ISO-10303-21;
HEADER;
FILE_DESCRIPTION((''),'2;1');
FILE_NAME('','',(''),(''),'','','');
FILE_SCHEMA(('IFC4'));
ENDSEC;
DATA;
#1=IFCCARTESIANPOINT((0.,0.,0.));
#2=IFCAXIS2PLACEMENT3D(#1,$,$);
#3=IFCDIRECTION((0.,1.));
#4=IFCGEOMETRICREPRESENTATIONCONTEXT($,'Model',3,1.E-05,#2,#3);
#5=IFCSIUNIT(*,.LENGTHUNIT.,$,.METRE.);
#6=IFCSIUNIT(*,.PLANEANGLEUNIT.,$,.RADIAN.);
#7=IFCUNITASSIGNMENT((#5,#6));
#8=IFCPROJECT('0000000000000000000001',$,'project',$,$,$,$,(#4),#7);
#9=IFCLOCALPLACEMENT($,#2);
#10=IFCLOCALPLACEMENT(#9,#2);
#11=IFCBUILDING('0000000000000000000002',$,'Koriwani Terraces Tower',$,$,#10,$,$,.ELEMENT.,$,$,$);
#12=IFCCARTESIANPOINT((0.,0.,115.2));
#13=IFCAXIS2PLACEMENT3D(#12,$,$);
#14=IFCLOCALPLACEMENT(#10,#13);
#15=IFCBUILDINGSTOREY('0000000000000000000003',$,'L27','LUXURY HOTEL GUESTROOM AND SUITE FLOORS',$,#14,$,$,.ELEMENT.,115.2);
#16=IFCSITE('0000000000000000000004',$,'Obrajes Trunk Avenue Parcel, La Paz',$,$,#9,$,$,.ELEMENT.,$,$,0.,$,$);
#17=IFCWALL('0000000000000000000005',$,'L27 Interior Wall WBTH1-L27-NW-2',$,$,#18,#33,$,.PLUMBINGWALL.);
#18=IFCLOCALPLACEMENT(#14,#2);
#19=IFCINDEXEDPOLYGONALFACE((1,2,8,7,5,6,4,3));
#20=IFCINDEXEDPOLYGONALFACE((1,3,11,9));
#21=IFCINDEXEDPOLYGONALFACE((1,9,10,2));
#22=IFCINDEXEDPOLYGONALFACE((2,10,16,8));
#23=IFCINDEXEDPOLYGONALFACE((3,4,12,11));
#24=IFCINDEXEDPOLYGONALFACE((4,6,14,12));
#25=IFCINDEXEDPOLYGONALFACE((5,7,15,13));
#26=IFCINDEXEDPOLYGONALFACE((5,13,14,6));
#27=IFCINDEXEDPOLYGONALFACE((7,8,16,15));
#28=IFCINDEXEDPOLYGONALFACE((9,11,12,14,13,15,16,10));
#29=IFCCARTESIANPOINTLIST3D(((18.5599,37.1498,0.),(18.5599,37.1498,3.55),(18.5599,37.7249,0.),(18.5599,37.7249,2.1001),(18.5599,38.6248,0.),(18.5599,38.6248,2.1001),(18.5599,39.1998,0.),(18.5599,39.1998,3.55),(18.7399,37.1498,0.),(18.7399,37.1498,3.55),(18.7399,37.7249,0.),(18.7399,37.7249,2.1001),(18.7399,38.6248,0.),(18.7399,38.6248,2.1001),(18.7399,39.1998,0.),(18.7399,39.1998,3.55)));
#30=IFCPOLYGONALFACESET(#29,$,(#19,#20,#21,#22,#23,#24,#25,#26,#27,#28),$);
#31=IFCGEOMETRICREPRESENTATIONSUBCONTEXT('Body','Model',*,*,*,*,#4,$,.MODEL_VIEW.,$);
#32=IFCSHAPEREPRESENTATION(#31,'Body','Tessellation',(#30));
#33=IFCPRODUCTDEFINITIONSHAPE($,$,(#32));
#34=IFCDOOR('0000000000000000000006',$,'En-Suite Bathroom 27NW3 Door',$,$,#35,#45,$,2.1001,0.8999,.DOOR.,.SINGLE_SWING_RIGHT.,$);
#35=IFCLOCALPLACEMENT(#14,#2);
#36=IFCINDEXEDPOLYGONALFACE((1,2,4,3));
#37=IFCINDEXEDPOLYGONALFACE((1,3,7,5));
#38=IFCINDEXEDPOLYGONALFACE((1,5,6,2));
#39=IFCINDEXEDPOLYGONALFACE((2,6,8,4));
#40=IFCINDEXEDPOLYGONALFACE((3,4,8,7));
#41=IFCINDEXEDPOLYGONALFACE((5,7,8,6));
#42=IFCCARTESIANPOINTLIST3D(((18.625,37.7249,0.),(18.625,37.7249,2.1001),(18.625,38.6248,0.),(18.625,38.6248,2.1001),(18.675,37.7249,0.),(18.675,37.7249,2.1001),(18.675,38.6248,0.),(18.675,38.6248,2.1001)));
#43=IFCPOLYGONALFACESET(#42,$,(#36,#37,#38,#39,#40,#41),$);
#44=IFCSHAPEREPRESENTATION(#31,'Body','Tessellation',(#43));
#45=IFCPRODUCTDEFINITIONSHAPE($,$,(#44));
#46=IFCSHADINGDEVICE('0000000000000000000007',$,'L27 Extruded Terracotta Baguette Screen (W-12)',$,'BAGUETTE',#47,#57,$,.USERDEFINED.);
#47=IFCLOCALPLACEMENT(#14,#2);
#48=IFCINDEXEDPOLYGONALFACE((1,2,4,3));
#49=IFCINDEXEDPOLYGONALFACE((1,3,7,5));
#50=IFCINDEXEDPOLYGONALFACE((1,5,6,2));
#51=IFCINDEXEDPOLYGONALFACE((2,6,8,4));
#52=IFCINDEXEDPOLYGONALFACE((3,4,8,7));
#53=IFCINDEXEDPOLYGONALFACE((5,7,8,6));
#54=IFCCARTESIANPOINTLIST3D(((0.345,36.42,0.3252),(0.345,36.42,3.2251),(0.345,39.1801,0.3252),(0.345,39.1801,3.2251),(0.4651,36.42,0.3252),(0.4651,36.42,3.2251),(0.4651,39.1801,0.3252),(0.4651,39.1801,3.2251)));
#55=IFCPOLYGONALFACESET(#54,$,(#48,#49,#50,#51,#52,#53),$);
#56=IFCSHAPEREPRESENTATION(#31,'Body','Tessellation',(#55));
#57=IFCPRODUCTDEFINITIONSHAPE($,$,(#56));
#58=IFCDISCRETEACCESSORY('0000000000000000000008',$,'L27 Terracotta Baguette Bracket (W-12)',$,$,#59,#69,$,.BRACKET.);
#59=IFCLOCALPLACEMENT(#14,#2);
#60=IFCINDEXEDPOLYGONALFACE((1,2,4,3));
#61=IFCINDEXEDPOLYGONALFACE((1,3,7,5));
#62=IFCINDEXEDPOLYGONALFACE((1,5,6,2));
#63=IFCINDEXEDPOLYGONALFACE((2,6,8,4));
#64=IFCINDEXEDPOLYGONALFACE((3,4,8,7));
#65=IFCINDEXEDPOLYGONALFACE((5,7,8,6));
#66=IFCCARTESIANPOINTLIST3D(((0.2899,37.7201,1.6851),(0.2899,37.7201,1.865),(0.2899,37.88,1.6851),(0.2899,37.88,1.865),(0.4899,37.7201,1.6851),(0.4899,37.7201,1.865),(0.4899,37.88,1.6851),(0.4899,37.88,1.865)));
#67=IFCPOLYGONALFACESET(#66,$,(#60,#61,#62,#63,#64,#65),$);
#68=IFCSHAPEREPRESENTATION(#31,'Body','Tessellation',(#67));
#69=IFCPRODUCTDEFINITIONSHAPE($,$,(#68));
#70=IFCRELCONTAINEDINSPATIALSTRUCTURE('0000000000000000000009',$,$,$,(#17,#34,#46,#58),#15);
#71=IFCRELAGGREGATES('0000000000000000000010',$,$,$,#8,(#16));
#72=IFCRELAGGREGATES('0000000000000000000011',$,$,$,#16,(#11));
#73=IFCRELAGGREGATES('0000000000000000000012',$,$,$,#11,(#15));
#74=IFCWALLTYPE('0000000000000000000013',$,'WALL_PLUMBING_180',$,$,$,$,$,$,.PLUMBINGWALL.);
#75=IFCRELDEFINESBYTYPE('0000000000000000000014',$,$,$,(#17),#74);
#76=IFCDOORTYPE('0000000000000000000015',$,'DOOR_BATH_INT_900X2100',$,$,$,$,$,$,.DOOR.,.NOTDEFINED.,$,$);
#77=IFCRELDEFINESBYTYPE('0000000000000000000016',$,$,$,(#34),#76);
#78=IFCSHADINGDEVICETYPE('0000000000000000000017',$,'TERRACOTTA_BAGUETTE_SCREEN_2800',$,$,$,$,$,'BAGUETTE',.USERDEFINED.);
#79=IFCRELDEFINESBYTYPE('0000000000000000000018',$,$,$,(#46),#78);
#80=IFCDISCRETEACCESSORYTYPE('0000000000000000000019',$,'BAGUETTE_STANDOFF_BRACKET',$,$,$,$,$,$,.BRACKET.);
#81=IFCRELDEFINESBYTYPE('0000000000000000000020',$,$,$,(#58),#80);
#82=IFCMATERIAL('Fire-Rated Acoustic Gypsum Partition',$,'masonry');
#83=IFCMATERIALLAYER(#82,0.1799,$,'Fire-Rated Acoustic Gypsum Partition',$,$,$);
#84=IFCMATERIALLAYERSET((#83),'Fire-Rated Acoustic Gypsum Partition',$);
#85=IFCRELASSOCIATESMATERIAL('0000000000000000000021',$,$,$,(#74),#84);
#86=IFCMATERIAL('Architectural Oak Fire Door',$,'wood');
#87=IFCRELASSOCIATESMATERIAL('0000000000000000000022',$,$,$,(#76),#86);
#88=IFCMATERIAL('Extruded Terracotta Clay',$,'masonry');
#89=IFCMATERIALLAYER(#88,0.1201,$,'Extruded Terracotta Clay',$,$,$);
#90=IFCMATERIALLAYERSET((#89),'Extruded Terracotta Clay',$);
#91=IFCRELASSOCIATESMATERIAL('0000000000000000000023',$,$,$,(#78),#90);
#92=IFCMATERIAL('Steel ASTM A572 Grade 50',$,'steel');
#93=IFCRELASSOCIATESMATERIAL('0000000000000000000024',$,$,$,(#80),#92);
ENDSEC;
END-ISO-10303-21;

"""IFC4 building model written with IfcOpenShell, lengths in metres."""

from ifc_helpers import new_model, si_unit, direction, frame, frame_2d, origin, origin_2d, place, context, subcontext, project, spatial, rectangle, extrude, material, layer, layer_set, type_object, element, fill, save


model = new_model("IFC4")

# Units and contexts
model_context = context("Model", 3, precision=1e-05, world=origin(), true_north=direction((0.0, 1.0)))
body_context = subcontext(model_context, "Body", "Model", "MODEL_VIEW")
ifc_project = project(units=[si_unit("LENGTHUNIT", "METRE"), si_unit("PLANEANGLEUNIT", "RADIAN")], contexts=[model_context])

# Site, building, storey
site_placement = place(None, origin())
site = spatial("IfcSite", under=ifc_project, at=site_placement, Name="Obrajes Trunk Avenue Parcel, La Paz", CompositionType="ELEMENT", RefElevation=0.0)
building_placement = place(site_placement, origin())
building = spatial("IfcBuilding", under=site, at=building_placement, Name="Koriwani Terraces Tower", CompositionType="ELEMENT")
storey_placement = place(building_placement, frame((0.0, 0.0, 115.2)))
storey = spatial("IfcBuildingStorey", under=building, at=storey_placement, Name="L27", Description="LUXURY HOTEL GUESTROOM AND SUITE FLOORS", CompositionType="ELEMENT", Elevation=115.2)

# Shared definitions
ifc_material_1 = material(Name="Steel ASTM A572 Grade 50", Category="steel")

# Shared definitions
ifc_material_2 = material(Name="Architectural Oak Fire Door", Category="wood")

# Shared definitions
ifc_material_3 = material(Name="Fire-Rated Acoustic Gypsum Partition", Category="masonry")
ifc_layer_1 = layer(ifc_material_3, 0.1799, Name="Fire-Rated Acoustic Gypsum Partition")
ifc_layer_set_1 = layer_set([ifc_layer_1], Name="Fire-Rated Acoustic Gypsum Partition")
wall_type_1 = type_object("IfcWallType", Name="WALL_PLUMBING_180", PredefinedType="PLUMBINGWALL", material=ifc_layer_set_1)
door_type_1 = type_object("IfcDoorType", Name="DOOR_BATH_INT_900X2100", OperationType="NOTDEFINED", PredefinedType="DOOR", material=ifc_material_2)

# Wall, opening, door
wall_1_placement = place(storey_placement, frame((18.6499, 37.1499, 0.0), z_axis=(0.0, 0.0, 1.0), x_axis=(0.0, 1.0, 0.0)))
wall_1 = element("IfcWall", 1, at=wall_1_placement, inside=storey, type_object=wall_type_1, Name="L27 Interior Wall WBTH1-L27-NW-2", PredefinedType="PLUMBINGWALL", context=body_context, shape_type="SweptSolid", body=[
    extrude(rectangle(XDim=2.05, YDim=0.1799, at=frame_2d((1.0249, 0.0))), origin(), (0.0, 0.0, 1.0), 3.55),
])
opening_1_placement = place(wall_1_placement, frame((0.575, 0.0, 0.0)))
opening_1 = element("IfcOpeningElement", 2, at=opening_1_placement, cuts=wall_1, PredefinedType="OPENING", context=body_context, shape_type="SweptSolid", body=[
    extrude(rectangle(XDim=0.8999, YDim=2.1001, at=frame_2d((0.45, 1.05))), frame((0.0, 0.1001, 0.0), z_axis=(0.0, -1.0, 0.0), x_axis=(1.0, 0.0, 0.0)), (0.0, 0.0, 1.0), 0.2),
])
door_1_placement = place(opening_1_placement, origin())
door_1 = element("IfcDoor", 3, at=door_1_placement, inside=storey, type_object=door_type_1, Name="En-Suite Bathroom 27NW3 Door", OperationType="SINGLE_SWING_RIGHT", OverallHeight=2.1001, OverallWidth=0.8999, PredefinedType="DOOR", context=body_context, shape_type="SweptSolid", body=[
    extrude(rectangle(XDim=0.8999, YDim=2.1001, at=frame_2d((0.45, 1.05))), frame((0.0, 0.0249, 0.0), z_axis=(0.0, -1.0, 0.0), x_axis=(1.0, 0.0, 0.0)), (0.0, 0.0, 1.0), 0.05),
])
fill(opening_1, door_1)

# Shading device
ifc_material_4 = material(Name="Extruded Terracotta Clay", Category="masonry")
ifc_layer_2 = layer(ifc_material_4, 0.1201, Name="Extruded Terracotta Clay")
ifc_layer_set_2 = layer_set([ifc_layer_2], Name="Extruded Terracotta Clay")
shading_device_type = type_object("IfcShadingDeviceType", Name="TERRACOTTA_BAGUETTE_SCREEN_2800", ElementType="BAGUETTE", PredefinedType="USERDEFINED", material=ifc_layer_set_2)
shading_device_placement = place(storey_placement, frame((0.405, 37.8, 0.3252), z_axis=(0.0, 0.0, 1.0), x_axis=(0.0, 1.0, 0.0)))
element("IfcShadingDevice", 4, at=shading_device_placement, inside=storey, type_object=shading_device_type, Name="L27 Extruded Terracotta Baguette Screen (W-12)", ObjectType="BAGUETTE", PredefinedType="USERDEFINED", context=body_context, shape_type="SweptSolid", body=[
    extrude(rectangle(XDim=2.76, YDim=0.1201, at=origin_2d()), origin(), (0.0, 0.0, 1.0), 2.8999),
])

# Discrete accessory
discrete_accessory_type = type_object("IfcDiscreteAccessoryType", Name="BAGUETTE_STANDOFF_BRACKET", PredefinedType="BRACKET", material=ifc_material_1)
discrete_accessory_placement = place(storey_placement, frame((0.3899, 37.8, 1.6851), z_axis=(0.0, 0.0, 1.0), x_axis=(0.0, 1.0, 0.0)))
element("IfcDiscreteAccessory", 5, at=discrete_accessory_placement, inside=storey, type_object=discrete_accessory_type, Name="L27 Terracotta Baguette Bracket (W-12)", PredefinedType="BRACKET", context=body_context, shape_type="SweptSolid", body=[
    extrude(rectangle(XDim=0.1599, YDim=0.2, at=origin_2d()), origin(), (0.0, 0.0, 1.0), 0.1799),
])

save(model, "model.ifc")
